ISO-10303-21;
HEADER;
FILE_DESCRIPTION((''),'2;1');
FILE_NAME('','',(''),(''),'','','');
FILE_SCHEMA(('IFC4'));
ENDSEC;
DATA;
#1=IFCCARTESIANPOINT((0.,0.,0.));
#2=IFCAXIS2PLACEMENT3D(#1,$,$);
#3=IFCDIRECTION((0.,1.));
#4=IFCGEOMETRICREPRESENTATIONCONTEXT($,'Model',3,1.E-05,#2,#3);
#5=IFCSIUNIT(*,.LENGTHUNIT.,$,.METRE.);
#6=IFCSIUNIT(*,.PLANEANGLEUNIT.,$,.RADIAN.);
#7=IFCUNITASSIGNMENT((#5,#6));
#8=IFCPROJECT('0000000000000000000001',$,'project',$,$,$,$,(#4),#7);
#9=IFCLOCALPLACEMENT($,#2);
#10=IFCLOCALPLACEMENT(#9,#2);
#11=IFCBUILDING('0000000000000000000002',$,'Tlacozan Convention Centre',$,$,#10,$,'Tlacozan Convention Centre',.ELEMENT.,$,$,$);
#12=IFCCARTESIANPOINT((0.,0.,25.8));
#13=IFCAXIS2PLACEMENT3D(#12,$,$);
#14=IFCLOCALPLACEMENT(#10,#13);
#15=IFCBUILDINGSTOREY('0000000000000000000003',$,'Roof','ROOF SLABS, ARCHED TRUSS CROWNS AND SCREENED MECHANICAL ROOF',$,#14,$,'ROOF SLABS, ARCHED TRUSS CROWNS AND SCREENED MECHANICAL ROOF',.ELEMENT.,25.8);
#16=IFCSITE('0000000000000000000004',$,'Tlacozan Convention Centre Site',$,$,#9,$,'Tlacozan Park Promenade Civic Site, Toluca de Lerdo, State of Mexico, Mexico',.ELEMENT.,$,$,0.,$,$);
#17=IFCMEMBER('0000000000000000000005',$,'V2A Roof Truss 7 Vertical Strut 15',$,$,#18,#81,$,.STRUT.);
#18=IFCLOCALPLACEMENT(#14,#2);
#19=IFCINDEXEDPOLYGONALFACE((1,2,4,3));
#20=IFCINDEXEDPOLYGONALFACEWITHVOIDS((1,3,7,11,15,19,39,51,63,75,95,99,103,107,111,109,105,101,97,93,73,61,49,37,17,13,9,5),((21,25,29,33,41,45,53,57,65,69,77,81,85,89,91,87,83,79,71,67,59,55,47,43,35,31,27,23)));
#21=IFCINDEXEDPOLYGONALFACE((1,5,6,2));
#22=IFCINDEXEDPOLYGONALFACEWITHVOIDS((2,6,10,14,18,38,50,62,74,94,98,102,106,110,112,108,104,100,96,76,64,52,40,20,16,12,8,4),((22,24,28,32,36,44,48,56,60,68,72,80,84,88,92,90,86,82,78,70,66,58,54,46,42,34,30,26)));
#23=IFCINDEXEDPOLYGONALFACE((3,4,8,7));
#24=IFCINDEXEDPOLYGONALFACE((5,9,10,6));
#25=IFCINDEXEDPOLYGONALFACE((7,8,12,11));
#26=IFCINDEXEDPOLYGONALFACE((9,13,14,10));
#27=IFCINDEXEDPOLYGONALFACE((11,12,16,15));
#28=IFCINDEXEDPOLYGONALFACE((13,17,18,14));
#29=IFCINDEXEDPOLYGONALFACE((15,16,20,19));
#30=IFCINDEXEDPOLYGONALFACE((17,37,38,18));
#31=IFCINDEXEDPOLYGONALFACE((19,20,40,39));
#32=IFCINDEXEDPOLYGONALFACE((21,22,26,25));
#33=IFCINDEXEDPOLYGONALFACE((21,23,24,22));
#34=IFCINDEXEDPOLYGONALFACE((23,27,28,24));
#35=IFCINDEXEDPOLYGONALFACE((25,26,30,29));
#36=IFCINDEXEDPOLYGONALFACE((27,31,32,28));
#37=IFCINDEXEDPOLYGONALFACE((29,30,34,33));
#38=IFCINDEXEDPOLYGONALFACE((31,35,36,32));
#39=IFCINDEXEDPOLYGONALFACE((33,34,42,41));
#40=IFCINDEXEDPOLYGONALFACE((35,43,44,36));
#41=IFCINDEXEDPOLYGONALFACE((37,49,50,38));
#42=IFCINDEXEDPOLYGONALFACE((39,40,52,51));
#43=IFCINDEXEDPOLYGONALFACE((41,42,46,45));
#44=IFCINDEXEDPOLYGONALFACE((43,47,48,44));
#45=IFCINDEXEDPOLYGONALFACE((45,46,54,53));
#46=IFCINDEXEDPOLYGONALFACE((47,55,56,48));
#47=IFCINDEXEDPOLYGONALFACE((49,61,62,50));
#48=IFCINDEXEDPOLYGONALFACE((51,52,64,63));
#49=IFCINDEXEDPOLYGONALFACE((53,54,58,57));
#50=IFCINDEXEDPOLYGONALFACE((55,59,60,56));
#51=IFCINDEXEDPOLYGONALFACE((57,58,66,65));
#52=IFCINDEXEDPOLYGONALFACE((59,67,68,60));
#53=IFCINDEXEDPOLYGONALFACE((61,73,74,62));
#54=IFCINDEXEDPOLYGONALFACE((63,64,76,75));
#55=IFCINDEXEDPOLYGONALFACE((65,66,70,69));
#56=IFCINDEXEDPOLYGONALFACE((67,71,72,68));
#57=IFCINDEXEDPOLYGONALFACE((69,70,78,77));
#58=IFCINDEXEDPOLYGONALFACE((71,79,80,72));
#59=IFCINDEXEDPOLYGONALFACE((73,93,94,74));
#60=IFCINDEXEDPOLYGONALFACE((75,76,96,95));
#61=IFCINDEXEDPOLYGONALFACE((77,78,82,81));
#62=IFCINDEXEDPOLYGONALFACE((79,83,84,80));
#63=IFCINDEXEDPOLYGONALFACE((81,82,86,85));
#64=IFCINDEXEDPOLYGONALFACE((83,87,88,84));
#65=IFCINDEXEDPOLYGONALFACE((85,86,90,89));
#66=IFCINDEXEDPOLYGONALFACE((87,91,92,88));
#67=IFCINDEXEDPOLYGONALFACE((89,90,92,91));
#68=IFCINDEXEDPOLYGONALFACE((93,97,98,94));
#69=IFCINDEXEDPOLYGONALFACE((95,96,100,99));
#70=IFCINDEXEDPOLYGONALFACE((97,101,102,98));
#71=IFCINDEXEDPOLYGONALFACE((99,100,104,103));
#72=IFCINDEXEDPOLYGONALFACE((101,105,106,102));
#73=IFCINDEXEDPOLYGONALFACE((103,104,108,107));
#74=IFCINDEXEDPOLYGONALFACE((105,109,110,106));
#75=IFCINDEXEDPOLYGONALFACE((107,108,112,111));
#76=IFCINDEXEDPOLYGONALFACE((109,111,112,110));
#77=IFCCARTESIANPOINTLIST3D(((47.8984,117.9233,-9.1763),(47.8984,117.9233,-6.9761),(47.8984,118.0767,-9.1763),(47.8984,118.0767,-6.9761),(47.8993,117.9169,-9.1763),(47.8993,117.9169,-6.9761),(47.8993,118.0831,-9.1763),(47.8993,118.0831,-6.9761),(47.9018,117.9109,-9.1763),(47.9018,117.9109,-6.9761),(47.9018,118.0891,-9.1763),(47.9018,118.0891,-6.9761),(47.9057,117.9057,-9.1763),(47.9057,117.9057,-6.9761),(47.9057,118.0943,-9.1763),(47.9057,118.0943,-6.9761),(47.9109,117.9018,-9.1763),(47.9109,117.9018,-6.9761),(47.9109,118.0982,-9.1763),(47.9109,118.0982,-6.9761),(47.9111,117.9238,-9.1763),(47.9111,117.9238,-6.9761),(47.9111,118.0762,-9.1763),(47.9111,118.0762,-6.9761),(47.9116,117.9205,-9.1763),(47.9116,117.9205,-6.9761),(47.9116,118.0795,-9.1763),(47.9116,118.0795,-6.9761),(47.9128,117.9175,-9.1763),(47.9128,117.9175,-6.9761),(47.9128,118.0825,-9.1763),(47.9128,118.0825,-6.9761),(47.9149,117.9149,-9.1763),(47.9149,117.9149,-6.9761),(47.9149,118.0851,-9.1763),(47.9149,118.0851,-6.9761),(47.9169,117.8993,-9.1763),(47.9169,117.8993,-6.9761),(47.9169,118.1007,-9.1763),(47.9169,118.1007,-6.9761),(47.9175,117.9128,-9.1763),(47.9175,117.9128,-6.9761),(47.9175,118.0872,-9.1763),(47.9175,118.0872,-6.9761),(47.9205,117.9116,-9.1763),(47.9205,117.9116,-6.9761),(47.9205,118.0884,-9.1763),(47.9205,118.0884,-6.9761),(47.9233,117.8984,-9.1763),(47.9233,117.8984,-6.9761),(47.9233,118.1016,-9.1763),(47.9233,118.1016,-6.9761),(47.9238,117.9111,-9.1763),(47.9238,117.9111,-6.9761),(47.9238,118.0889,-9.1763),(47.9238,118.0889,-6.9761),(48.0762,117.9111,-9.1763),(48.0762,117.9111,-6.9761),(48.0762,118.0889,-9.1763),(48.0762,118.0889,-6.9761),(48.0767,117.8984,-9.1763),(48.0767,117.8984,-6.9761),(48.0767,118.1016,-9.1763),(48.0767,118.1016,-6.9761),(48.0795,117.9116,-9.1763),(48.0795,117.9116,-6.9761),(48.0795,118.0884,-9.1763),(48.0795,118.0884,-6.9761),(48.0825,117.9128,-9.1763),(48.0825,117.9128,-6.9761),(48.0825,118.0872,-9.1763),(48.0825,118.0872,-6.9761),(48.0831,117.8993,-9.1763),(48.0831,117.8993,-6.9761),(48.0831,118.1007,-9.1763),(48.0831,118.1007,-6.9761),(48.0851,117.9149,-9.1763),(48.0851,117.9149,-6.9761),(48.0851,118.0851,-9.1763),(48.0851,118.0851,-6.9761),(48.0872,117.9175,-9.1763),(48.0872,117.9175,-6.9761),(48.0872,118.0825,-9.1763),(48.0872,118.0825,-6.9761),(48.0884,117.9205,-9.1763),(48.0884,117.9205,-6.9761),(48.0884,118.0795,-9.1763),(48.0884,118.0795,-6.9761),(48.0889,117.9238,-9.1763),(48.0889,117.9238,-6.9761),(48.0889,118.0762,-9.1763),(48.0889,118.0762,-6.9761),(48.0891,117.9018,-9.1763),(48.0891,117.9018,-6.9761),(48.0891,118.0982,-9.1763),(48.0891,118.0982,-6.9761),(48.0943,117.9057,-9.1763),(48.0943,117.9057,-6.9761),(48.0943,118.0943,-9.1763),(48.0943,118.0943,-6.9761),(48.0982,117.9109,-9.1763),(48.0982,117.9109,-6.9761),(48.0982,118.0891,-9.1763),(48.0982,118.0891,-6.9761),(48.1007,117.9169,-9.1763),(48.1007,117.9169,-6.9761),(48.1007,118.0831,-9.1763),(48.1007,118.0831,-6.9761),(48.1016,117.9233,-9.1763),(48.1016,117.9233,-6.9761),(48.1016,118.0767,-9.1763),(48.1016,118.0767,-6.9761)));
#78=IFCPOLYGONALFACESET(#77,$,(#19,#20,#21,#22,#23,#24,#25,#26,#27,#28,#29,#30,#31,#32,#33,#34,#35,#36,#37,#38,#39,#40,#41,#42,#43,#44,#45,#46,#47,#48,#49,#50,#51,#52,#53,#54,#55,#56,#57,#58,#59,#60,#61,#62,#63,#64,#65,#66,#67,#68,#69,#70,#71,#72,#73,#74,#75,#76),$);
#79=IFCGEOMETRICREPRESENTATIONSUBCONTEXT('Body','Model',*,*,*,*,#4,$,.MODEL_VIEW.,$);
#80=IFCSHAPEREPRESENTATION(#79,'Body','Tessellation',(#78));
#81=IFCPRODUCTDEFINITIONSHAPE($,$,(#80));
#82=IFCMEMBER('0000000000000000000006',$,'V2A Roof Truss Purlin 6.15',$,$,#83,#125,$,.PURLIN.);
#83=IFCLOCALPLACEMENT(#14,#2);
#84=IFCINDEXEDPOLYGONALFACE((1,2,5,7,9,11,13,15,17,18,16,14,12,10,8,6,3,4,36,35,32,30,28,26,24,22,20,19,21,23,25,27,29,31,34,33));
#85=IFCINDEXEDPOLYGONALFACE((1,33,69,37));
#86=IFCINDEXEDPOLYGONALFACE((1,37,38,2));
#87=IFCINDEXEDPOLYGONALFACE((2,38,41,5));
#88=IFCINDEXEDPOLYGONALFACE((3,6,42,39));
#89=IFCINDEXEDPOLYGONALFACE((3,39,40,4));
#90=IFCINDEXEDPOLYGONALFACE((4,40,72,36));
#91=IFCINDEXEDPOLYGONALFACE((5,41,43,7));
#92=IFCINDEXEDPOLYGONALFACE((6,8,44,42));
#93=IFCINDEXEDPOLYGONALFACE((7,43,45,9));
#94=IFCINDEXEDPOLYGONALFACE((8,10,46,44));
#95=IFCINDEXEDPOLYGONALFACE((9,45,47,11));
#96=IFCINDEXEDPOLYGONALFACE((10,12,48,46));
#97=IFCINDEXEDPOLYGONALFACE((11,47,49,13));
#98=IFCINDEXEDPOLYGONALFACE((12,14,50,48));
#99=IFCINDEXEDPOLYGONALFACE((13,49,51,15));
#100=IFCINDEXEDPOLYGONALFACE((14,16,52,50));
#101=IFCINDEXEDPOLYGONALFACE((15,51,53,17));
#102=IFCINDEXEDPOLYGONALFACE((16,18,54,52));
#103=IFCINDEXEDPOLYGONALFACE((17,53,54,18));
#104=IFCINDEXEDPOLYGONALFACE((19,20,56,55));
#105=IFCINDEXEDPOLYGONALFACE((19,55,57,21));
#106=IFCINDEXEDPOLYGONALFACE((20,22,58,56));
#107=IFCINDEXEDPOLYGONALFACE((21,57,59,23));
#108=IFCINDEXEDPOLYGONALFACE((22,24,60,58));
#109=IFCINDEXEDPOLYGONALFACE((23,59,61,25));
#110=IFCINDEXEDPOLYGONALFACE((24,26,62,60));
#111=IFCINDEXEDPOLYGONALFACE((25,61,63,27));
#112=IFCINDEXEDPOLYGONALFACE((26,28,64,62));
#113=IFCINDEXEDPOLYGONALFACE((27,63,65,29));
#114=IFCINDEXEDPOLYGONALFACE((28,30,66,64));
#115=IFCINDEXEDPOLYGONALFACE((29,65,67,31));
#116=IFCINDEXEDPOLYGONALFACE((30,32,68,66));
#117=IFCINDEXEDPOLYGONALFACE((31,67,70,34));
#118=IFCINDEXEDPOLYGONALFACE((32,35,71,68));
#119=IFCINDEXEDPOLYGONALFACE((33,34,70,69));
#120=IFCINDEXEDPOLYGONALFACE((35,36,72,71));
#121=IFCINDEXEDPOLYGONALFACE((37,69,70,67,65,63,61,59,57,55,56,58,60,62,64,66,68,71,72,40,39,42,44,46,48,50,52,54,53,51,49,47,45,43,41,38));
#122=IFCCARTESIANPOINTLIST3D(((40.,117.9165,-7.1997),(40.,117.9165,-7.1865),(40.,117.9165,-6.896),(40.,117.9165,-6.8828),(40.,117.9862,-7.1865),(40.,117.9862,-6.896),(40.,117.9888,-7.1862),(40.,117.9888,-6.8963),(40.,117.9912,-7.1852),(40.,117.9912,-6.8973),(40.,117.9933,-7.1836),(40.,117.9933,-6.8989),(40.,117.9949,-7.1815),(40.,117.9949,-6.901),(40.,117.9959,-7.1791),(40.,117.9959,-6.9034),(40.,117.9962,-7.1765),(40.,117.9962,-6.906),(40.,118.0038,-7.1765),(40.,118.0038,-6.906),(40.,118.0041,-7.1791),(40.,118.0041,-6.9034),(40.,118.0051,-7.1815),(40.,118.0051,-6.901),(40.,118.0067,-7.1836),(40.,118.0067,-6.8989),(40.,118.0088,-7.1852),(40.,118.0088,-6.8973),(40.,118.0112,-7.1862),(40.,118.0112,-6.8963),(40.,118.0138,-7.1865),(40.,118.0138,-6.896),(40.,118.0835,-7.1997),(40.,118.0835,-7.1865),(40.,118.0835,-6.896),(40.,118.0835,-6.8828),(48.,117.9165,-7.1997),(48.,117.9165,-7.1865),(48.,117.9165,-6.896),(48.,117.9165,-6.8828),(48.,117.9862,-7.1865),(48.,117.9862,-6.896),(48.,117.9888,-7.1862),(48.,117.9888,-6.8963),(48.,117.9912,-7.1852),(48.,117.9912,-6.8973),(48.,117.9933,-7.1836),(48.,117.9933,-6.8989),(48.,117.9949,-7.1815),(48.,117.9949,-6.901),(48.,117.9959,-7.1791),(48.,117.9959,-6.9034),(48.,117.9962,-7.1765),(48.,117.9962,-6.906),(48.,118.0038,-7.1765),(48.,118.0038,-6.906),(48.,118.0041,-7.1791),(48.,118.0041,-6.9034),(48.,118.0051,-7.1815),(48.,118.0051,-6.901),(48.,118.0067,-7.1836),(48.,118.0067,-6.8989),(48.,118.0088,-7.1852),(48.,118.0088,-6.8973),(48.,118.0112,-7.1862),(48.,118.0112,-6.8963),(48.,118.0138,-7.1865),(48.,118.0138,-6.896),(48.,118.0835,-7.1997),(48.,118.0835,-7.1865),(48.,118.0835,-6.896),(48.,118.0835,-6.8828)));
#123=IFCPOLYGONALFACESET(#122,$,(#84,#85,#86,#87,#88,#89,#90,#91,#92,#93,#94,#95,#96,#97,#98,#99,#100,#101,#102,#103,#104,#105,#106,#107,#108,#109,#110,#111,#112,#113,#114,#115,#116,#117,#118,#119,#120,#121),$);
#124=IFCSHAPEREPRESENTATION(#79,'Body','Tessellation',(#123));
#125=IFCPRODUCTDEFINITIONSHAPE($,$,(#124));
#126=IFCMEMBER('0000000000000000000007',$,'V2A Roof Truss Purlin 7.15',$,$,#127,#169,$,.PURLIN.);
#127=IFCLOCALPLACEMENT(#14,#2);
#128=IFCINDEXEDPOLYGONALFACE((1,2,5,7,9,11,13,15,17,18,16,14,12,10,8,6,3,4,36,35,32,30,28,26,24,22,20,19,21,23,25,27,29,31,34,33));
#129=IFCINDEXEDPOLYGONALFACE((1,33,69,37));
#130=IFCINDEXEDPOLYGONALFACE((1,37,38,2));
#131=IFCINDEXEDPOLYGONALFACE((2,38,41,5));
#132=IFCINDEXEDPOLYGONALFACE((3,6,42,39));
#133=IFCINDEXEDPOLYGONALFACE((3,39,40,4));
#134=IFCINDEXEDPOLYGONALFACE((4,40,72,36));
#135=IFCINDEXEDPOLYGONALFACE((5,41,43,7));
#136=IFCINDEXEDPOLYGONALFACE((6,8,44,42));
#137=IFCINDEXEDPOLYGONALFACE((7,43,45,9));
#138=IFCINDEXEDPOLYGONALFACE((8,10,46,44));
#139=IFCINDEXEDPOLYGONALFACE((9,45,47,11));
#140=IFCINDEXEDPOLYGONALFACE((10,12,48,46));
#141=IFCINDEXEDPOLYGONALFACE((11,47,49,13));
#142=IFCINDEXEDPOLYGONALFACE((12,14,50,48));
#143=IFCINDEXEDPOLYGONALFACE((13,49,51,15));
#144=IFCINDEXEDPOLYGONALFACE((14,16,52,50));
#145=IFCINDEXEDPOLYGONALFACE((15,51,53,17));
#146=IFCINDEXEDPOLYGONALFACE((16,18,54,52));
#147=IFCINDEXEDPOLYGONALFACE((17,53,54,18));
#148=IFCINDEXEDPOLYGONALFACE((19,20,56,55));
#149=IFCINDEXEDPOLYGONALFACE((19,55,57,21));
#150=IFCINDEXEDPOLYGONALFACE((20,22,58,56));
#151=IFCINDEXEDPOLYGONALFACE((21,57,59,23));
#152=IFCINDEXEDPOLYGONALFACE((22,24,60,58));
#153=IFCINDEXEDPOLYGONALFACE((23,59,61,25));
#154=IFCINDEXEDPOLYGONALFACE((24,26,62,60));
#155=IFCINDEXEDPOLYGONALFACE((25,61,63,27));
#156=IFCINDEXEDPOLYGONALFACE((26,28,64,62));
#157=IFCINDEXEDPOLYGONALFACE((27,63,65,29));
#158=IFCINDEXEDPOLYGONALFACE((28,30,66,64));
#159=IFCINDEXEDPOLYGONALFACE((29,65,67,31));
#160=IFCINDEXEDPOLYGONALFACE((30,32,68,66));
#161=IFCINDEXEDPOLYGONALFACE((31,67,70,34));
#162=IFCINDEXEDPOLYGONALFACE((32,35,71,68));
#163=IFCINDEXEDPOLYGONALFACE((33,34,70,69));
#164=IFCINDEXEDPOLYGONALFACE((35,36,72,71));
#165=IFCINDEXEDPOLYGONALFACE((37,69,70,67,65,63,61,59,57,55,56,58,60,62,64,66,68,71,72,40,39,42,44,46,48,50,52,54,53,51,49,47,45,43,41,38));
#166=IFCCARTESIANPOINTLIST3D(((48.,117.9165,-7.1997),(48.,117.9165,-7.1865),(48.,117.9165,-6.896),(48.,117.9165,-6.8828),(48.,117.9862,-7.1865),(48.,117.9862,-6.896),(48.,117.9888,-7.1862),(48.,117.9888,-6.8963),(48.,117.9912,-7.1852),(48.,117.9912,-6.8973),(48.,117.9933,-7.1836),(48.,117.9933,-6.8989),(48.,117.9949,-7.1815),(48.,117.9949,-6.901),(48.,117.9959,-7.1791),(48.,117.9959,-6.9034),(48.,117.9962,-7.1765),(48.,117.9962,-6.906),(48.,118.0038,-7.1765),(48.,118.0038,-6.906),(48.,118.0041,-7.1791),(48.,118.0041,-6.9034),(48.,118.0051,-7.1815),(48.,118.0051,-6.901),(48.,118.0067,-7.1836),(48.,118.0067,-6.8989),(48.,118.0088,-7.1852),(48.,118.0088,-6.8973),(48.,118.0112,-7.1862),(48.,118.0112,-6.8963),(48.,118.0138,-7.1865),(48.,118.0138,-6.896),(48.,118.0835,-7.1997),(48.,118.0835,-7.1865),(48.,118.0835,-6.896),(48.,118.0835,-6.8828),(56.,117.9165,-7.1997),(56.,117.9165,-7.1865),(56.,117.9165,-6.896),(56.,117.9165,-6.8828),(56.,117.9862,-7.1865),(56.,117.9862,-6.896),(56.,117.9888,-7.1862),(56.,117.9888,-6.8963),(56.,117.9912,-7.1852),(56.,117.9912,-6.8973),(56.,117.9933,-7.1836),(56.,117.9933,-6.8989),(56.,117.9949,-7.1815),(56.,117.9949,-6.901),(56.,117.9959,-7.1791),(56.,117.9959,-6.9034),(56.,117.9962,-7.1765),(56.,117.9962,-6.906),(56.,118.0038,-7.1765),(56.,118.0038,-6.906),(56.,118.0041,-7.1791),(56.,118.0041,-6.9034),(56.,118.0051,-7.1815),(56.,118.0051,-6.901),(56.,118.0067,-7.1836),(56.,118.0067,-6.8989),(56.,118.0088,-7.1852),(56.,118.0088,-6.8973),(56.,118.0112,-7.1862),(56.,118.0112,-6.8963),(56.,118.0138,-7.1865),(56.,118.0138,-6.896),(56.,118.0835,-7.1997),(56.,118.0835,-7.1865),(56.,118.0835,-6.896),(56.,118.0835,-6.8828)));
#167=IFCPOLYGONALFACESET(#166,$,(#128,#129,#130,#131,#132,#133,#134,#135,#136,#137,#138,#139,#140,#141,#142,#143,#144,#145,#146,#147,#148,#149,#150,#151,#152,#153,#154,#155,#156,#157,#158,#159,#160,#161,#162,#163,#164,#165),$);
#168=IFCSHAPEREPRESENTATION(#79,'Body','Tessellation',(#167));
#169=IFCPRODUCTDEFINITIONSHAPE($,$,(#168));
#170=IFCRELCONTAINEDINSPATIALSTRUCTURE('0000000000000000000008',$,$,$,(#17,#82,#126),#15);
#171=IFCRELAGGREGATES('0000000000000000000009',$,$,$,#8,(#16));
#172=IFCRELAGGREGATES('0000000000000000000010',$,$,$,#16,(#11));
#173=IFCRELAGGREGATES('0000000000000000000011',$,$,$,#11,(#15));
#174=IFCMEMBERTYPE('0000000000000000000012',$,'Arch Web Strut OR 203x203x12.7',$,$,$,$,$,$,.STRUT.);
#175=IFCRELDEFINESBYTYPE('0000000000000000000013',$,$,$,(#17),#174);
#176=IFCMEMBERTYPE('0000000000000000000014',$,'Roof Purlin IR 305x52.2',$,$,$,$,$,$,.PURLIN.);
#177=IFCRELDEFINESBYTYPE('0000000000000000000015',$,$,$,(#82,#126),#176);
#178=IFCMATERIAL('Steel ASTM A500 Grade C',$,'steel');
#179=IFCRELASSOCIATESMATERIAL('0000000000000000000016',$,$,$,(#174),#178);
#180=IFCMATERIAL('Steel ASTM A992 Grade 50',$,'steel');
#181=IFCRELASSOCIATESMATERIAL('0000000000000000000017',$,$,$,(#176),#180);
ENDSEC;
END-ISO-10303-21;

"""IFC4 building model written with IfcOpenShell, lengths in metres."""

from ifc_helpers import new_model, si_unit, direction, frame, origin, origin_2d, place, context, subcontext, project, spatial, hollow_rectangle, i_section, extrude, material, material_profile, profile_set, type_object, element, save


model = new_model("IFC4")

# Units and contexts
model_context = context("Model", 3, precision=1e-05, world=origin(), true_north=direction((0.0, 1.0)))
body_context = subcontext(model_context, "Body", "Model", "MODEL_VIEW")
ifc_project = project(units=[si_unit("LENGTHUNIT", "METRE"), si_unit("PLANEANGLEUNIT", "RADIAN")], contexts=[model_context])

# Site, building, storey
site_placement = place(None, origin())
site = spatial("IfcSite", under=ifc_project, at=site_placement, Name="Tlacozan Convention Centre Site", LongName="Tlacozan Park Promenade Civic Site, Toluca de Lerdo, State of Mexico, Mexico", CompositionType="ELEMENT", RefElevation=0.0)
building_placement = place(site_placement, origin())
building = spatial("IfcBuilding", under=site, at=building_placement, Name="Tlacozan Convention Centre", LongName="Tlacozan Convention Centre", CompositionType="ELEMENT")
storey_placement = place(building_placement, frame((0.0, 0.0, 25.8)))
storey = spatial("IfcBuildingStorey", under=building, at=storey_placement, Name="Roof", Description="ROOF SLABS, ARCHED TRUSS CROWNS AND SCREENED MECHANICAL ROOF", LongName="ROOF SLABS, ARCHED TRUSS CROWNS AND SCREENED MECHANICAL ROOF", CompositionType="ELEMENT", Elevation=25.8)

# Members
ifc_material_1 = material(Name="Steel ASTM A500 Grade C", Category="steel")
ifc_material_profile_1 = material_profile(ifc_material_1, hollow_rectangle(XDim=0.2031, YDim=0.2031, WallThickness=0.0127, InnerFilletRadius=0.0127, OuterFilletRadius=0.0249, at=origin_2d()), Name="OR 203x203x12.7")
ifc_profile_set_1 = profile_set([ifc_material_profile_1], Name="Steel ASTM A500 Grade C")
member_type_1 = type_object("IfcMemberType", Name="Arch Web Strut OR 203x203x12.7", PredefinedType="STRUT", material=ifc_profile_set_1)
member_1_placement = place(storey_placement, frame((48.0, 118.0, -9.1763), z_axis=(0.0, 0.0, 1.0), x_axis=(1.0, 0.0, 0.0)))
element("IfcMember", 1, at=member_1_placement, inside=storey, type_object=member_type_1, Name="V2A Roof Truss 7 Vertical Strut 15", PredefinedType="STRUT", context=body_context, shape_type="SweptSolid", body=[
    extrude(hollow_rectangle(XDim=0.2031, YDim=0.2031, WallThickness=0.0127, InnerFilletRadius=0.0127, OuterFilletRadius=0.0249, at=origin_2d()), origin(), (0.0, 0.0, 1.0), 2.2002),
])
ifc_material_2 = material(Name="Steel ASTM A992 Grade 50", Category="steel")
ifc_material_profile_2 = material_profile(ifc_material_2, i_section(OverallWidth=0.167, OverallDepth=0.3169, WebThickness=0.0076, FlangeThickness=0.0132, FilletRadius=0.01, at=origin_2d()), Name="IR 305x52.2")
ifc_profile_set_2 = profile_set([ifc_material_profile_2], Name="Steel ASTM A992 Grade 50")
member_type_2 = type_object("IfcMemberType", Name="Roof Purlin IR 305x52.2", PredefinedType="PURLIN", material=ifc_profile_set_2)
for number, where, z_axis, x_axis, name in (
    (2, (40.0, 118.0, -7.0413), (1.0, 0.0, 0.0), (0.0, 1.0, 0.0), "V2A Roof Truss Purlin 6.15"),
    (3, (48.0, 118.0, -7.0413), (1.0, 0.0, 0.0), (0.0, 1.0, 0.0), "V2A Roof Truss Purlin 7.15"),
):
    element("IfcMember", number, at=place(storey_placement, frame(where, z_axis=z_axis, x_axis=x_axis)), inside=storey, type_object=member_type_2, Name=name, PredefinedType="PURLIN", context=body_context, shape_type="SweptSolid", body=[
        extrude(i_section(OverallWidth=0.167, OverallDepth=0.3169, WebThickness=0.0076, FlangeThickness=0.0132, FilletRadius=0.01, at=origin_2d()), origin(), (0.0, 0.0, 1.0), 8.0),
    ])

save(model, "model.ifc")
